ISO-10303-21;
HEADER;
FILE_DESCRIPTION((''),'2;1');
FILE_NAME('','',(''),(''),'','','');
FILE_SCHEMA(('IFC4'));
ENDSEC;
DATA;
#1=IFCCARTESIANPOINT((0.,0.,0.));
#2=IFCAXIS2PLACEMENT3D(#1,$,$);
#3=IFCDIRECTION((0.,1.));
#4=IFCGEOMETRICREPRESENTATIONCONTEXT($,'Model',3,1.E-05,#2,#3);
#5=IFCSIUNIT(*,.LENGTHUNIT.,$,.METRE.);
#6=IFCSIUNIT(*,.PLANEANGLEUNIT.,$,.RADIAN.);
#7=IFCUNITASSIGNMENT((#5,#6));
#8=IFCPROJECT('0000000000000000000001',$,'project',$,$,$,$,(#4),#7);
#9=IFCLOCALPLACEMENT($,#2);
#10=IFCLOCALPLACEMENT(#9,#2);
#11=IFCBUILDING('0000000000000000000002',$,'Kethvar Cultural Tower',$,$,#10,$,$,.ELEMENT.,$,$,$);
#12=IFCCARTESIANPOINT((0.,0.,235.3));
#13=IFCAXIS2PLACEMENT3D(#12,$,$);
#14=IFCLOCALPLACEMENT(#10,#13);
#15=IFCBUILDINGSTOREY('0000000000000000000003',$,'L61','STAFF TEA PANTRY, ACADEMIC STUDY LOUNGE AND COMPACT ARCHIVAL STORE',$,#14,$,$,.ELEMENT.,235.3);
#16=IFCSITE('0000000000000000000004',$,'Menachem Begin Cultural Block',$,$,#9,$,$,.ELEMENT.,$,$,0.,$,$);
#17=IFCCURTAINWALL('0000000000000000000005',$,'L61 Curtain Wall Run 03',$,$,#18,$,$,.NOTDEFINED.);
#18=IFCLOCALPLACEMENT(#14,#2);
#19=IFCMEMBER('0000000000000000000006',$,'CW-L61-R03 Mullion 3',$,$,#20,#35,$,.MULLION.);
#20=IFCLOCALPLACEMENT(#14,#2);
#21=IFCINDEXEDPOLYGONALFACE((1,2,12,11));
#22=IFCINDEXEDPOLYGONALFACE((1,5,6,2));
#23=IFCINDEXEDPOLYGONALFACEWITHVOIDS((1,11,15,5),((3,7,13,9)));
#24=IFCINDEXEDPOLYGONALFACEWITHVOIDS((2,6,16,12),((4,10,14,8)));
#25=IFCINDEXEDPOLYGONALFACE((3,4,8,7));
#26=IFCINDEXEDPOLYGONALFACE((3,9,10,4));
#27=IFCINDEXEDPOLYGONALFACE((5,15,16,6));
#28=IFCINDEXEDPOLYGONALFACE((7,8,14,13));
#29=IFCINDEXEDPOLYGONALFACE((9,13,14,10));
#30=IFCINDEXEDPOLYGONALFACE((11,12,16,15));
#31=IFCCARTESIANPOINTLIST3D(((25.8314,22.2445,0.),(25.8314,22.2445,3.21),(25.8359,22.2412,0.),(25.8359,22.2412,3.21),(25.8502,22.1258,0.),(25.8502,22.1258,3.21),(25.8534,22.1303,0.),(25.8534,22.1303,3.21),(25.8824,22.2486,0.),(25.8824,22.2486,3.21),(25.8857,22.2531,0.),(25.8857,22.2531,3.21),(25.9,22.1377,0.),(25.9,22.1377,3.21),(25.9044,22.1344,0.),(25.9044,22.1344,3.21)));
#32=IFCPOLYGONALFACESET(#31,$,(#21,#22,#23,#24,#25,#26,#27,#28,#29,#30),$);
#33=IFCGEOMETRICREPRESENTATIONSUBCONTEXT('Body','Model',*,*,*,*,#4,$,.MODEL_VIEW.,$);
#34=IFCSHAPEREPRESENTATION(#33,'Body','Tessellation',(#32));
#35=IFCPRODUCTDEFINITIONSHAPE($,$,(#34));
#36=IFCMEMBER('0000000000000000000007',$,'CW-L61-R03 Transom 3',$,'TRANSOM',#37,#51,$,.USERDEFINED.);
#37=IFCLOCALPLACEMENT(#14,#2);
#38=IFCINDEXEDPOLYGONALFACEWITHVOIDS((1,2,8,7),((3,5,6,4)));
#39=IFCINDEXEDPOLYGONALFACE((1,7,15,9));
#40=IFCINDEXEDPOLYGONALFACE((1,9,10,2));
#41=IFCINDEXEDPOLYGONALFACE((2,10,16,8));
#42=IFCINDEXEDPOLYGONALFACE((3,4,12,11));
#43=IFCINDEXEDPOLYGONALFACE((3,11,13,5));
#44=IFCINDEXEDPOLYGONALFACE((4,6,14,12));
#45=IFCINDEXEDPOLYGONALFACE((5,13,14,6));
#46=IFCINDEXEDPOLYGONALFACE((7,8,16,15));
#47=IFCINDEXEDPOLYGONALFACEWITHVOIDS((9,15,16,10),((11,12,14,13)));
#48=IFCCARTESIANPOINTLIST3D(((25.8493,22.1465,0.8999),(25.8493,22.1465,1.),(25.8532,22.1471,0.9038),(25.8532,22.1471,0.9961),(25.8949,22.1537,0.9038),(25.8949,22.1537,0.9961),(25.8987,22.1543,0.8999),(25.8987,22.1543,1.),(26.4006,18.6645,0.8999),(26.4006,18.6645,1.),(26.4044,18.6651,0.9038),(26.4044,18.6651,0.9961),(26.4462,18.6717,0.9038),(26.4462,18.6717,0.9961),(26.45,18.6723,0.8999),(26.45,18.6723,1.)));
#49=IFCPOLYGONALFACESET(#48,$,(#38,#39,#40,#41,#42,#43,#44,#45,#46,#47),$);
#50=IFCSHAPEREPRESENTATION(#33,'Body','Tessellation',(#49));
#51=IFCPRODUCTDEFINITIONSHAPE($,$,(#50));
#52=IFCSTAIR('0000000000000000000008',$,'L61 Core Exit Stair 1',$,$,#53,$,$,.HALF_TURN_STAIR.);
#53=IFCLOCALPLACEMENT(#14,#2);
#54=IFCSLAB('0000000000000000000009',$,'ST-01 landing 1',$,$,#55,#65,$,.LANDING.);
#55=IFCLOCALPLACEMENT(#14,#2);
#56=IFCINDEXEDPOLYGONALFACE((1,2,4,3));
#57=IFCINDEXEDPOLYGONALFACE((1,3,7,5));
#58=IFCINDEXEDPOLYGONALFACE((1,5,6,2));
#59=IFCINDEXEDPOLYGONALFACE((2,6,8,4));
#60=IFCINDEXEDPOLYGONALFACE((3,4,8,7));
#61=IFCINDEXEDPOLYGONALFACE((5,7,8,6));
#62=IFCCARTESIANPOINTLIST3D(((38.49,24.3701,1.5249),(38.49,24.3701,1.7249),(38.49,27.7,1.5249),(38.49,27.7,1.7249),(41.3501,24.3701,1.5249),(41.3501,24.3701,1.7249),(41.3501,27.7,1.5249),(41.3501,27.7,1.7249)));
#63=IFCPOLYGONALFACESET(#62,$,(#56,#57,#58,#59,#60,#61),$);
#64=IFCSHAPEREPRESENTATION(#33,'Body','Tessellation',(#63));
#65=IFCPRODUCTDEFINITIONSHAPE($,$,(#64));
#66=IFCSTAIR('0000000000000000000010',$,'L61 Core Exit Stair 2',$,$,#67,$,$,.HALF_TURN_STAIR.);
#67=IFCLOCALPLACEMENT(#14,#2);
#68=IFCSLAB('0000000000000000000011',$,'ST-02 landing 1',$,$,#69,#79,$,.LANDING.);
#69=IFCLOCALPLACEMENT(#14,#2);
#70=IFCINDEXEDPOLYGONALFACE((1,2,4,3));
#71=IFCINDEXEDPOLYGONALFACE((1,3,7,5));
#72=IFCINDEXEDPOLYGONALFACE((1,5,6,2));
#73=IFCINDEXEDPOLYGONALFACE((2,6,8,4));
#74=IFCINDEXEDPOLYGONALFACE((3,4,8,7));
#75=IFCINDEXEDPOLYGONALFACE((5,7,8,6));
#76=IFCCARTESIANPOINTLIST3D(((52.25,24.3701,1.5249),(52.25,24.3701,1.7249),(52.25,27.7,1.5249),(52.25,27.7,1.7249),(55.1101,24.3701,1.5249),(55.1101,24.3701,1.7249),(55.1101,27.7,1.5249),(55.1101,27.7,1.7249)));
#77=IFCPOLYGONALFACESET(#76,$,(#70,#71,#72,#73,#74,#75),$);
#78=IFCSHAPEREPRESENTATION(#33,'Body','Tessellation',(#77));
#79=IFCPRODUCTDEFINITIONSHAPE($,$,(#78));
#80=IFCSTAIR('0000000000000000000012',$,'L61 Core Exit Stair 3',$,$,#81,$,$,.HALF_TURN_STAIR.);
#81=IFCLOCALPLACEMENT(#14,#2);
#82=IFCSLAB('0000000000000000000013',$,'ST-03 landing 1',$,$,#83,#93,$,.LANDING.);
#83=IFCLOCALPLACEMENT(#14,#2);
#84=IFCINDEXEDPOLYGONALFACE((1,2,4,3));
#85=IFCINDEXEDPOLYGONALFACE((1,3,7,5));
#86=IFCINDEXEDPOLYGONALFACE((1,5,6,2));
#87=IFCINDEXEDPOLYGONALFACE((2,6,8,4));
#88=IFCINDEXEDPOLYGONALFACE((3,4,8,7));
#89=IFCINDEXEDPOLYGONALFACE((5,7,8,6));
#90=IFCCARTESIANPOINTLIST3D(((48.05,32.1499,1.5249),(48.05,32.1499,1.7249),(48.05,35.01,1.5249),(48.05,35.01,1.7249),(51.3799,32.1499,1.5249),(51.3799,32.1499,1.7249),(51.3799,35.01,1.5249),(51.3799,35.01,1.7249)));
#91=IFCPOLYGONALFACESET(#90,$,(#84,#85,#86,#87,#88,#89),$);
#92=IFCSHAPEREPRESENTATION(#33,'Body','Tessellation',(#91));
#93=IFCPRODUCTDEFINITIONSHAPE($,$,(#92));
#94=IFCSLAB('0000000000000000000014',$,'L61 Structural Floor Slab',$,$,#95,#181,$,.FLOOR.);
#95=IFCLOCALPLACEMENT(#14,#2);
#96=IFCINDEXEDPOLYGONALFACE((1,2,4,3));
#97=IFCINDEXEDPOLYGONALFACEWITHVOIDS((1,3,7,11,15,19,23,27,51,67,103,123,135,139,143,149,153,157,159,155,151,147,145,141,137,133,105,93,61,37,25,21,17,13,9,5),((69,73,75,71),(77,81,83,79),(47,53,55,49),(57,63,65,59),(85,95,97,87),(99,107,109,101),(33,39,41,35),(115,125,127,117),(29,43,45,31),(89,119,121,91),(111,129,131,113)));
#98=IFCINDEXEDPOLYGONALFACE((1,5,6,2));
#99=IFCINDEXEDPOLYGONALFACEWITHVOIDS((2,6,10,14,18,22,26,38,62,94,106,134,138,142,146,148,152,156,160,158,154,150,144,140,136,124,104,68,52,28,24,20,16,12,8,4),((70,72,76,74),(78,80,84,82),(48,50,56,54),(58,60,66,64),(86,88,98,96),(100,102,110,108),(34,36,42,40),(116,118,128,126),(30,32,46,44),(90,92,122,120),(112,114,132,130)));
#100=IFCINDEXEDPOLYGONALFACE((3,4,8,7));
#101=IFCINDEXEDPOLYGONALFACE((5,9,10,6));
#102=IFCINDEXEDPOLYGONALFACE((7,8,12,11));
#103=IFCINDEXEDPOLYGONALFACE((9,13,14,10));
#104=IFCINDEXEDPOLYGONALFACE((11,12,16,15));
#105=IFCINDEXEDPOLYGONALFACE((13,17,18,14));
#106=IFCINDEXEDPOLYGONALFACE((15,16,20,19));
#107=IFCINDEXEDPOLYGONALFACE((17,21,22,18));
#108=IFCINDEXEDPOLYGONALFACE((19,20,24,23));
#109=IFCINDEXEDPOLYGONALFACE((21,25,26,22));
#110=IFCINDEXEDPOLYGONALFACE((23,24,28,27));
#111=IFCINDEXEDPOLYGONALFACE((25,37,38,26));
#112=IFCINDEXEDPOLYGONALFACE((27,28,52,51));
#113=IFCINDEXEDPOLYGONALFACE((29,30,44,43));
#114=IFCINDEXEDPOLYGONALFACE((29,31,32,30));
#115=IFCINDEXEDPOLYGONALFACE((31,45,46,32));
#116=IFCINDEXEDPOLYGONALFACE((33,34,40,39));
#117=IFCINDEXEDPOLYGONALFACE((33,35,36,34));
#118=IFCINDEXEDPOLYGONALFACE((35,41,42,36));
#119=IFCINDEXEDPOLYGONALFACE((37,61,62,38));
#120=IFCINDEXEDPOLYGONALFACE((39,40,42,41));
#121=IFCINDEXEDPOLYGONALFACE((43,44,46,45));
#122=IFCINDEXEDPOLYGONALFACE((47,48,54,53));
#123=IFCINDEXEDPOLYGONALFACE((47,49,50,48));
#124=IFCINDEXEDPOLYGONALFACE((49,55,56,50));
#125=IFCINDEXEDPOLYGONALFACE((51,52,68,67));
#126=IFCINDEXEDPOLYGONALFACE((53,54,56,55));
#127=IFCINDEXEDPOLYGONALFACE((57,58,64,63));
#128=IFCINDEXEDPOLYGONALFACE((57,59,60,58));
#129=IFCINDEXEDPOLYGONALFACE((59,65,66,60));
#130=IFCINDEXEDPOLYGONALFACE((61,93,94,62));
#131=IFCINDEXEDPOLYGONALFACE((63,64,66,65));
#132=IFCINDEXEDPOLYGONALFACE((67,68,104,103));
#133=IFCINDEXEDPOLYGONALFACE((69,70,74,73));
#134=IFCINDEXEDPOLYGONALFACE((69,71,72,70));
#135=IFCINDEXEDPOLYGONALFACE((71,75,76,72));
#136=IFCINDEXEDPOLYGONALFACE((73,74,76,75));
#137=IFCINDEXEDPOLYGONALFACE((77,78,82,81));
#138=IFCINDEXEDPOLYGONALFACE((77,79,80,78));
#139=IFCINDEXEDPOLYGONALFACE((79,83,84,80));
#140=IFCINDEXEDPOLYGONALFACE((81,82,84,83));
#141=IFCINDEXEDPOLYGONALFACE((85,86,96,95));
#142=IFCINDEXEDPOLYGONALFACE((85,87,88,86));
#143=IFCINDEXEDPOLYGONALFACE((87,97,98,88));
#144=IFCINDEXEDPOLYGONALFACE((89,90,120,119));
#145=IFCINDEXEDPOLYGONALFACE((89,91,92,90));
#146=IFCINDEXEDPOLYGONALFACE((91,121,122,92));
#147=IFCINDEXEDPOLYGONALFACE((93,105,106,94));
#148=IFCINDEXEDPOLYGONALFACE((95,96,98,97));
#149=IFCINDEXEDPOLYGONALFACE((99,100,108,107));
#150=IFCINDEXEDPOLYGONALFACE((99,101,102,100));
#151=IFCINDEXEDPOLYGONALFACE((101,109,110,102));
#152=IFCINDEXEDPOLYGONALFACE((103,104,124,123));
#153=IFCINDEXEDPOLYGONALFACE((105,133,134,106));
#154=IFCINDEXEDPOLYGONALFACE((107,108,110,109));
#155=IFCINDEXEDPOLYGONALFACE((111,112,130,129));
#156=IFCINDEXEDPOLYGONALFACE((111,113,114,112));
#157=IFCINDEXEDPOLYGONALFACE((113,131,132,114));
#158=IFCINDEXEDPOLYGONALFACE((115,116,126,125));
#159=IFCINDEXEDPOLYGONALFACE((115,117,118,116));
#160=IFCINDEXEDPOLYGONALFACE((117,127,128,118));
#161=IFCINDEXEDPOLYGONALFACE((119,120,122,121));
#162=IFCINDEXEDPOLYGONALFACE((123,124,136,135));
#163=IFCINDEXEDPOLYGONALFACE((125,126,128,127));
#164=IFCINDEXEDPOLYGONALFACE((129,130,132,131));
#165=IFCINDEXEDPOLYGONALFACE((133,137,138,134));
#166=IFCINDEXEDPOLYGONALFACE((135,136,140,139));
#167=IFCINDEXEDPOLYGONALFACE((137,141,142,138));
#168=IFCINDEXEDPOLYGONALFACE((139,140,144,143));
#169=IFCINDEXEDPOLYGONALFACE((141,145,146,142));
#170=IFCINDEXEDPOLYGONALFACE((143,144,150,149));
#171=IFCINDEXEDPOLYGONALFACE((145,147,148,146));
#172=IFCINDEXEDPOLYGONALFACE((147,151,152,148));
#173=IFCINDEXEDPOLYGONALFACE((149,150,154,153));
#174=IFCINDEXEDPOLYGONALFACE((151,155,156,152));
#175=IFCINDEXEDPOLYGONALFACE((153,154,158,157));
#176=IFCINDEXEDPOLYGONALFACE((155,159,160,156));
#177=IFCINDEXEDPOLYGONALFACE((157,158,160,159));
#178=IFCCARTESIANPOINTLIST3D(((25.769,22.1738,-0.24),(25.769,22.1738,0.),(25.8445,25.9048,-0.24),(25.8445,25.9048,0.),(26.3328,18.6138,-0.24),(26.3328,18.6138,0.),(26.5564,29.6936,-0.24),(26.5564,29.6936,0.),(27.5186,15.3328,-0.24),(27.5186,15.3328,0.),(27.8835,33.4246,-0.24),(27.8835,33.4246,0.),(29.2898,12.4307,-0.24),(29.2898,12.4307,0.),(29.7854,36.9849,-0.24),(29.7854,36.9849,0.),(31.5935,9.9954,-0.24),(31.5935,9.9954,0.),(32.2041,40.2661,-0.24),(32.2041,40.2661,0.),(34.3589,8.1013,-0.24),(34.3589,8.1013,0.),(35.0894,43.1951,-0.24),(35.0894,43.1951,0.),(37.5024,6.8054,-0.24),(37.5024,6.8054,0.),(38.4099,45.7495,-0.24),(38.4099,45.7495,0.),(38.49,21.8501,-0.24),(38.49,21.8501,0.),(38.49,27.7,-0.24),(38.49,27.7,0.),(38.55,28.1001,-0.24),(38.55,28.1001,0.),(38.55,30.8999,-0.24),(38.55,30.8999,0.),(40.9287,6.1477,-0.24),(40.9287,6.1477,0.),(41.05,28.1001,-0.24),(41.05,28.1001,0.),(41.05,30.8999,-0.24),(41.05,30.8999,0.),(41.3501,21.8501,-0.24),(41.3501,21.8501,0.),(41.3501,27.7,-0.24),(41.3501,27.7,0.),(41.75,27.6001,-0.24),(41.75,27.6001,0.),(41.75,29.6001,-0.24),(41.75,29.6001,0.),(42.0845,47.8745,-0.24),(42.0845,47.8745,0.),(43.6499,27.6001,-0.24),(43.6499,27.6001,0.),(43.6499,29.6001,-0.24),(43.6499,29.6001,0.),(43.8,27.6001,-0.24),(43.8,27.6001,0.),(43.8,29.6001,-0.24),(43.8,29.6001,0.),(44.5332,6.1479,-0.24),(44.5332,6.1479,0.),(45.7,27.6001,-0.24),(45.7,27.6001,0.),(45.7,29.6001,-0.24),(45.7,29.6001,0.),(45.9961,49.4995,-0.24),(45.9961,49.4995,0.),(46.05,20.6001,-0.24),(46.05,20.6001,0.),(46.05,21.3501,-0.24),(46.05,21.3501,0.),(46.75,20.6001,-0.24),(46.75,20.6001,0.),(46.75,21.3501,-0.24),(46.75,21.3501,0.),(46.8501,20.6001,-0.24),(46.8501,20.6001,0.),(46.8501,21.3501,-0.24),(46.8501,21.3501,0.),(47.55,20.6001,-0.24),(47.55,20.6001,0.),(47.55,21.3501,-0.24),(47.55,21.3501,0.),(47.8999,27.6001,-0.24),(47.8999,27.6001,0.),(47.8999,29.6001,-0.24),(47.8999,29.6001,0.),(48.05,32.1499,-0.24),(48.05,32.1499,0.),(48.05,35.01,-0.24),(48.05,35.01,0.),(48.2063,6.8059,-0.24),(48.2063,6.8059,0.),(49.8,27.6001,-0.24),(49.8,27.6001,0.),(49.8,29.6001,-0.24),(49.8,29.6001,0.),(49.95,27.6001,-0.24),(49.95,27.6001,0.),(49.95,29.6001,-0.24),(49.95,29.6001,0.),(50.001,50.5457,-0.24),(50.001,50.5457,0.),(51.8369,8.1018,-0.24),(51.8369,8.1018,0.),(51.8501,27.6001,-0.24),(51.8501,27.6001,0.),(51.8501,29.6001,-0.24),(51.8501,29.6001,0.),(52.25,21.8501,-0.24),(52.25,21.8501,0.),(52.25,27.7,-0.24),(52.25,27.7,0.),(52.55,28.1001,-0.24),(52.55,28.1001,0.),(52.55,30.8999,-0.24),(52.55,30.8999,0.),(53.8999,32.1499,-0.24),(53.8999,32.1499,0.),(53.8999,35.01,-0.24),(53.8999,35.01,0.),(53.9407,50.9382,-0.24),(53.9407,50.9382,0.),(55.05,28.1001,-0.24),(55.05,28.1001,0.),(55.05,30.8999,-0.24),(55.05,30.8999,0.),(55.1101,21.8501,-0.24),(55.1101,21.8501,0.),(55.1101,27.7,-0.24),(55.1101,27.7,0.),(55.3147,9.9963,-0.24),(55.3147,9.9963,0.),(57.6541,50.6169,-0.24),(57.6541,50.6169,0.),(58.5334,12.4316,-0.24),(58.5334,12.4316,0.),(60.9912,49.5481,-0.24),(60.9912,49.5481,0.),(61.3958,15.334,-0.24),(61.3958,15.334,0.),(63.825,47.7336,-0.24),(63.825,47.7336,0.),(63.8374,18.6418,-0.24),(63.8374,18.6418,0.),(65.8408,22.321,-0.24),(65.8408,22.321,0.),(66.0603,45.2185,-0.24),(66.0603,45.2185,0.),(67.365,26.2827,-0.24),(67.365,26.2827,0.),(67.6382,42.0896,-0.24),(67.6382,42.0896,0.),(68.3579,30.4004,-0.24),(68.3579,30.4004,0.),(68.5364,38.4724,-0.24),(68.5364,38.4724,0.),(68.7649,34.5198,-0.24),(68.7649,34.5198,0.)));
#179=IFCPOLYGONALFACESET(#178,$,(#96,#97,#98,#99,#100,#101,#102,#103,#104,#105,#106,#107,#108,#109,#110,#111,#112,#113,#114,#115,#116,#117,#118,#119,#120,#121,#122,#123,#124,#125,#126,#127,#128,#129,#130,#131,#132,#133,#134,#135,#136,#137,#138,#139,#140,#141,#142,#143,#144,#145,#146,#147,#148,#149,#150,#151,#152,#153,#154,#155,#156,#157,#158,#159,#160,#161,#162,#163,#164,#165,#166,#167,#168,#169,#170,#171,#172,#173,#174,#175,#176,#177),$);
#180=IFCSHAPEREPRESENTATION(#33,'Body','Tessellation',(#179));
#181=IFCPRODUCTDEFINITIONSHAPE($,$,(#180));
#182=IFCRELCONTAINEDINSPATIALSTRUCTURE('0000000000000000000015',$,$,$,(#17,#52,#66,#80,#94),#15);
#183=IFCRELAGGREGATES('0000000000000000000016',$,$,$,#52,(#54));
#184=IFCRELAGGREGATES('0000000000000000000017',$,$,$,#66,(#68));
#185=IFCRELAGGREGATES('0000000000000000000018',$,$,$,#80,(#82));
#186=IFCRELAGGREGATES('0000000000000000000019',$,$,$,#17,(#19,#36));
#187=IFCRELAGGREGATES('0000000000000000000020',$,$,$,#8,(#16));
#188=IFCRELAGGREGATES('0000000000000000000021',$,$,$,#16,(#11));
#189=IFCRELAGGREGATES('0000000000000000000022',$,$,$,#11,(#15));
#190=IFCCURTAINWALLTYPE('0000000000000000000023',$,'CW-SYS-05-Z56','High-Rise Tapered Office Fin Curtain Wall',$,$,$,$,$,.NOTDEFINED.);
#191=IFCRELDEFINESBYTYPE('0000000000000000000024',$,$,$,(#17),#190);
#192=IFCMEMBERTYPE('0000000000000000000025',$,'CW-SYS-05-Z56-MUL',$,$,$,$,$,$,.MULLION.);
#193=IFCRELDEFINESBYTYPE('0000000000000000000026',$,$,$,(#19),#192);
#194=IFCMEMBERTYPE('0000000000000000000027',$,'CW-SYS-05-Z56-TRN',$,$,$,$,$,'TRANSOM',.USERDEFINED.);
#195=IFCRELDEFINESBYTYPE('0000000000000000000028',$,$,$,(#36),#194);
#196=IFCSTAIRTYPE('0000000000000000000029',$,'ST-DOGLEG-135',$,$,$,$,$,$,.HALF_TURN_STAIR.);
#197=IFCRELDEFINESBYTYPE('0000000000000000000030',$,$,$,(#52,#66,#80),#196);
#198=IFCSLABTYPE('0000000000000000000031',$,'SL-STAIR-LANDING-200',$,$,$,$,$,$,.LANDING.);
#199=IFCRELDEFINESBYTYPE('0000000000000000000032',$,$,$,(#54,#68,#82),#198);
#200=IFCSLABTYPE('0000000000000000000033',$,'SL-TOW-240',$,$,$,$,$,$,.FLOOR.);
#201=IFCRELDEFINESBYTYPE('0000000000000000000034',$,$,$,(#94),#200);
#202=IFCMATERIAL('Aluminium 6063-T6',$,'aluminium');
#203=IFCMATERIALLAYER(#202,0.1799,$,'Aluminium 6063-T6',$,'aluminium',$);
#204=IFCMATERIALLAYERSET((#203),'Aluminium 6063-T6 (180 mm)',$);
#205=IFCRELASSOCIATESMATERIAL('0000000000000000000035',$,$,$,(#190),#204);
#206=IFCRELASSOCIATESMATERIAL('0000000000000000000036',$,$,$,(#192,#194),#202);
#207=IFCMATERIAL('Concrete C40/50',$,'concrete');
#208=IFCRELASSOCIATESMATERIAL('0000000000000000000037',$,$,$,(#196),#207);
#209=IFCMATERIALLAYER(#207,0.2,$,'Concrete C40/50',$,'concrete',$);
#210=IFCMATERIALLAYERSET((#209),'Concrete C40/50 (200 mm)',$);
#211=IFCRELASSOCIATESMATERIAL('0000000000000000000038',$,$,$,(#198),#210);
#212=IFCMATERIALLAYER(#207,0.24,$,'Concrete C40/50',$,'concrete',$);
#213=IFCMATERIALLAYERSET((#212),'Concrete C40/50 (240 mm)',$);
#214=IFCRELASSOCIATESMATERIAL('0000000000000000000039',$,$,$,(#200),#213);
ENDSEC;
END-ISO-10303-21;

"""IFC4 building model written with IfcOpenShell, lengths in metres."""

from ifc_helpers import new_model, si_unit, direction, frame, origin, origin_2d, place, context, subcontext, project, spatial, polyline, hollow_rectangle, outline, extrude, source, transform, mapped, material, layer, layer_set, material_profile, profile_set, type_object, element, aggregate, save


model = new_model("IFC4")

# Units and contexts
model_context = context("Model", 3, precision=1e-05, world=origin(), true_north=direction((0.0, 1.0)))
body_context = subcontext(model_context, "Body", "Model", "MODEL_VIEW")
ifc_project = project(units=[si_unit("LENGTHUNIT", "METRE"), si_unit("PLANEANGLEUNIT", "RADIAN")], contexts=[model_context])

# Site, building, storey
site_placement = place(None, origin())
site = spatial("IfcSite", under=ifc_project, at=site_placement, Name="Menachem Begin Cultural Block", CompositionType="ELEMENT", RefElevation=0.0)
building_placement = place(site_placement, origin())
building = spatial("IfcBuilding", under=site, at=building_placement, Name="Kethvar Cultural Tower", CompositionType="ELEMENT")
storey_placement = place(building_placement, frame((0.0, 0.0, 235.3)))
storey = spatial("IfcBuildingStorey", under=building, at=storey_placement, Name="L61", Description="STAFF TEA PANTRY, ACADEMIC STUDY LOUNGE AND COMPACT ARCHIVAL STORE", CompositionType="ELEMENT", Elevation=235.3)

# Curtain wall, members
ifc_material_1 = material(Name="Aluminium 6063-T6", Category="aluminium")
ifc_layer_1 = layer(ifc_material_1, 0.1799, Name="Aluminium 6063-T6", Category="aluminium")
ifc_layer_set_1 = layer_set([ifc_layer_1], Name="Aluminium 6063-T6 (180 mm)")
curtain_wall_type = type_object("IfcCurtainWallType", Name="CW-SYS-05-Z56", Description="High-Rise Tapered Office Fin Curtain Wall", PredefinedType="NOTDEFINED", material=ifc_layer_set_1)
curtain_wall_placement = place(storey_placement, origin())
curtain_wall = element("IfcCurtainWall", 1, at=curtain_wall_placement, inside=storey, type_object=curtain_wall_type, Name="L61 Curtain Wall Run 03", PredefinedType="NOTDEFINED")
ifc_material_profile_1 = material_profile(ifc_material_1, hollow_rectangle(XDim=0.0549, YDim=0.1201, WallThickness=0.0039, at=origin_2d()), Name="Aluminium 6063-T6 — RHS120x55x4")
ifc_profile_set_1 = profile_set([ifc_material_profile_1], Name="Aluminium 6063-T6 — RHS120x55x4")
member_type_1 = type_object("IfcMemberType", Name="CW-SYS-05-Z56-MUL", PredefinedType="MULLION", material=ifc_profile_set_1)
shared_shape_1 = source(origin(), body_context, "Body", "SweptSolid", [
    extrude(hollow_rectangle(XDim=0.0549, YDim=0.1201, WallThickness=0.0039, at=origin_2d()), origin(), (0.0, 0.0, 1.0), 3.21),
])
member_1_placement = place(storey_placement, frame((25.8679, 22.1895, 0.0), z_axis=(0.0, 0.0, 1.0), x_axis=(0.987697, 0.156383, 0.0)))
member_1 = element("IfcMember", 2, at=member_1_placement, type_object=member_type_1, Name="CW-L61-R03 Mullion 3", PredefinedType="MULLION", context=body_context, shape_type="MappedRepresentation", body=[
    mapped(shared_shape_1, transform((0.0, 0.0, 0.0), scale=1.0)),
])
ifc_material_profile_2 = material_profile(ifc_material_1, hollow_rectangle(XDim=0.05, YDim=0.1001, WallThickness=0.0039, at=origin_2d()), Name="Aluminium 6063-T6 — RHS100x50x4")
ifc_profile_set_2 = profile_set([ifc_material_profile_2], Name="Aluminium 6063-T6 — RHS100x50x4")
member_type_2 = type_object("IfcMemberType", Name="CW-SYS-05-Z56-TRN", ElementType="TRANSOM", PredefinedType="USERDEFINED", material=ifc_profile_set_2)
shared_shape_2 = source(origin(), body_context, "Body", "SweptSolid", [
    extrude(hollow_rectangle(XDim=0.05, YDim=0.1001, WallThickness=0.0039, at=origin_2d()), origin(), (0.0, 0.0, 1.0), 3.5254),
])
member_2_placement = place(storey_placement, frame((25.874, 22.1504, 0.95), z_axis=(0.156375, -0.987698, 0.0), x_axis=(0.987698, 0.156375, 0.0)))
member_2 = element("IfcMember", 3, at=member_2_placement, type_object=member_type_2, Name="CW-L61-R03 Transom 3", ObjectType="TRANSOM", PredefinedType="USERDEFINED", context=body_context, shape_type="MappedRepresentation", body=[
    mapped(shared_shape_2, transform((0.0, 0.0, 0.0), scale=1.0)),
])

# Stairs, slabs
ifc_material_2 = material(Name="Concrete C40/50", Category="concrete")
stair_type = type_object("IfcStairType", Name="ST-DOGLEG-135", PredefinedType="HALF_TURN_STAIR", material=ifc_material_2)
stair_1_placement = place(storey_placement, origin())
stair_1 = element("IfcStair", 4, at=stair_1_placement, inside=storey, type_object=stair_type, Name="L61 Core Exit Stair 1", PredefinedType="HALF_TURN_STAIR")
ifc_layer_2 = layer(ifc_material_2, 0.2, Name="Concrete C40/50", Category="concrete")
ifc_layer_set_2 = layer_set([ifc_layer_2], Name="Concrete C40/50 (200 mm)")
slab_type_1 = type_object("IfcSlabType", Name="SL-STAIR-LANDING-200", PredefinedType="LANDING", material=ifc_layer_set_2)
slab_1_placement = place(storey_placement, frame((0.0, 0.0, 1.5249)))
slab_1 = element("IfcSlab", 5, at=slab_1_placement, type_object=slab_type_1, Name="ST-01 landing 1", PredefinedType="LANDING", context=body_context, shape_type="SweptSolid", body=[
    extrude(outline(polyline([(41.3501, 24.3701), (41.3501, 27.7), (38.49, 27.7), (38.49, 24.3701), (41.3501, 24.3701)])), origin(), (0.0, 0.0, 1.0), 0.2),
])
aggregate(stair_1, [slab_1])
stair_2_placement = place(storey_placement, origin())
stair_2 = element("IfcStair", 6, at=stair_2_placement, inside=storey, type_object=stair_type, Name="L61 Core Exit Stair 2", PredefinedType="HALF_TURN_STAIR")
slab_2_placement = place(storey_placement, frame((0.0, 0.0, 1.5249)))
slab_2 = element("IfcSlab", 7, at=slab_2_placement, type_object=slab_type_1, Name="ST-02 landing 1", PredefinedType="LANDING", context=body_context, shape_type="SweptSolid", body=[
    extrude(outline(polyline([(55.1101, 24.3701), (55.1101, 27.7), (52.25, 27.7), (52.25, 24.3701), (55.1101, 24.3701)])), origin(), (0.0, 0.0, 1.0), 0.2),
])
aggregate(stair_2, [slab_2])
stair_3_placement = place(storey_placement, origin())
stair_3 = element("IfcStair", 8, at=stair_3_placement, inside=storey, type_object=stair_type, Name="L61 Core Exit Stair 3", PredefinedType="HALF_TURN_STAIR")
slab_3_placement = place(storey_placement, frame((0.0, 0.0, 1.5249)))
slab_3 = element("IfcSlab", 9, at=slab_3_placement, type_object=slab_type_1, Name="ST-03 landing 1", PredefinedType="LANDING", context=body_context, shape_type="SweptSolid", body=[
    extrude(outline(polyline([(51.3799, 35.01), (48.05, 35.01), (48.05, 32.1499), (51.3799, 32.1499), (51.3799, 35.01)])), origin(), (0.0, 0.0, 1.0), 0.2),
])
aggregate(stair_3, [slab_3])

# Slab
ifc_layer_3 = layer(ifc_material_2, 0.24, Name="Concrete C40/50", Category="concrete")
ifc_layer_set_3 = layer_set([ifc_layer_3], Name="Concrete C40/50 (240 mm)")
slab_type_2 = type_object("IfcSlabType", Name="SL-TOW-240", PredefinedType="FLOOR", material=ifc_layer_set_3)
slab_4_placement = place(storey_placement, frame((0.0, 0.0, -0.24)))
element("IfcSlab", 10, at=slab_4_placement, inside=storey, type_object=slab_type_2, Name="L61 Structural Floor Slab", PredefinedType="FLOOR", context=body_context, shape_type="SweptSolid", body=[
    extrude(outline(polyline([(63.825, 47.7336), (60.9912, 49.5481), (57.6541, 50.6169), (53.9407, 50.9382), (50.001, 50.5457), (45.9961, 49.4995), (42.0845, 47.8745), (38.4099, 45.7495), (35.0894, 43.1951), (32.2041, 40.2661), (29.7854, 36.9849), (27.8835, 33.4246), (26.5564, 29.6936), (25.8445, 25.9048), (25.769, 22.1738), (26.3328, 18.6138), (27.5186, 15.3328), (29.2898, 12.4307), (31.5935, 9.9954), (34.3589, 8.1013), (37.5024, 6.8054), (40.9287, 6.1477), (44.5332, 6.1479), (48.2063, 6.8059), (51.8369, 8.1018), (55.3147, 9.9963), (58.5334, 12.4316), (61.3958, 15.334), (63.8374, 18.6418), (65.8408, 22.321), (67.365, 26.2827), (68.3579, 30.4004), (68.7649, 34.5198), (68.5364, 38.4724), (67.6382, 42.0896), (66.0603, 45.2185), (63.825, 47.7336)]), holes=[polyline([(38.49, 21.8501), (38.49, 27.7), (41.3501, 27.7), (41.3501, 21.8501), (38.49, 21.8501)]), polyline([(52.25, 21.8501), (52.25, 27.7), (55.1101, 27.7), (55.1101, 21.8501), (52.25, 21.8501)]), polyline([(53.8999, 32.1499), (48.05, 32.1499), (48.05, 35.01), (53.8999, 35.01), (53.8999, 32.1499)]), polyline([(41.75, 29.6001), (43.6499, 29.6001), (43.6499, 27.6001), (41.75, 27.6001), (41.75, 29.6001)]), polyline([(43.8, 29.6001), (45.7, 29.6001), (45.7, 27.6001), (43.8, 27.6001), (43.8, 29.6001)]), polyline([(47.8999, 29.6001), (49.8, 29.6001), (49.8, 27.6001), (47.8999, 27.6001), (47.8999, 29.6001)]), polyline([(49.95, 29.6001), (51.8501, 29.6001), (51.8501, 27.6001), (49.95, 27.6001), (49.95, 29.6001)]), polyline([(38.55, 30.8999), (41.05, 30.8999), (41.05, 28.1001), (38.55, 28.1001), (38.55, 30.8999)]), polyline([(52.55, 30.8999), (55.05, 30.8999), (55.05, 28.1001), (52.55, 28.1001), (52.55, 30.8999)]), polyline([(46.05, 21.3501), (46.75, 21.3501), (46.75, 20.6001), (46.05, 20.6001), (46.05, 21.3501)]), polyline([(46.8501, 21.3501), (47.55, 21.3501), (47.55, 20.6001), (46.8501, 20.6001), (46.8501, 21.3501)])]), origin(), (0.0, 0.0, 1.0), 0.24),
])

aggregate(curtain_wall, [member_1, member_2])

save(model, "model.ifc")
